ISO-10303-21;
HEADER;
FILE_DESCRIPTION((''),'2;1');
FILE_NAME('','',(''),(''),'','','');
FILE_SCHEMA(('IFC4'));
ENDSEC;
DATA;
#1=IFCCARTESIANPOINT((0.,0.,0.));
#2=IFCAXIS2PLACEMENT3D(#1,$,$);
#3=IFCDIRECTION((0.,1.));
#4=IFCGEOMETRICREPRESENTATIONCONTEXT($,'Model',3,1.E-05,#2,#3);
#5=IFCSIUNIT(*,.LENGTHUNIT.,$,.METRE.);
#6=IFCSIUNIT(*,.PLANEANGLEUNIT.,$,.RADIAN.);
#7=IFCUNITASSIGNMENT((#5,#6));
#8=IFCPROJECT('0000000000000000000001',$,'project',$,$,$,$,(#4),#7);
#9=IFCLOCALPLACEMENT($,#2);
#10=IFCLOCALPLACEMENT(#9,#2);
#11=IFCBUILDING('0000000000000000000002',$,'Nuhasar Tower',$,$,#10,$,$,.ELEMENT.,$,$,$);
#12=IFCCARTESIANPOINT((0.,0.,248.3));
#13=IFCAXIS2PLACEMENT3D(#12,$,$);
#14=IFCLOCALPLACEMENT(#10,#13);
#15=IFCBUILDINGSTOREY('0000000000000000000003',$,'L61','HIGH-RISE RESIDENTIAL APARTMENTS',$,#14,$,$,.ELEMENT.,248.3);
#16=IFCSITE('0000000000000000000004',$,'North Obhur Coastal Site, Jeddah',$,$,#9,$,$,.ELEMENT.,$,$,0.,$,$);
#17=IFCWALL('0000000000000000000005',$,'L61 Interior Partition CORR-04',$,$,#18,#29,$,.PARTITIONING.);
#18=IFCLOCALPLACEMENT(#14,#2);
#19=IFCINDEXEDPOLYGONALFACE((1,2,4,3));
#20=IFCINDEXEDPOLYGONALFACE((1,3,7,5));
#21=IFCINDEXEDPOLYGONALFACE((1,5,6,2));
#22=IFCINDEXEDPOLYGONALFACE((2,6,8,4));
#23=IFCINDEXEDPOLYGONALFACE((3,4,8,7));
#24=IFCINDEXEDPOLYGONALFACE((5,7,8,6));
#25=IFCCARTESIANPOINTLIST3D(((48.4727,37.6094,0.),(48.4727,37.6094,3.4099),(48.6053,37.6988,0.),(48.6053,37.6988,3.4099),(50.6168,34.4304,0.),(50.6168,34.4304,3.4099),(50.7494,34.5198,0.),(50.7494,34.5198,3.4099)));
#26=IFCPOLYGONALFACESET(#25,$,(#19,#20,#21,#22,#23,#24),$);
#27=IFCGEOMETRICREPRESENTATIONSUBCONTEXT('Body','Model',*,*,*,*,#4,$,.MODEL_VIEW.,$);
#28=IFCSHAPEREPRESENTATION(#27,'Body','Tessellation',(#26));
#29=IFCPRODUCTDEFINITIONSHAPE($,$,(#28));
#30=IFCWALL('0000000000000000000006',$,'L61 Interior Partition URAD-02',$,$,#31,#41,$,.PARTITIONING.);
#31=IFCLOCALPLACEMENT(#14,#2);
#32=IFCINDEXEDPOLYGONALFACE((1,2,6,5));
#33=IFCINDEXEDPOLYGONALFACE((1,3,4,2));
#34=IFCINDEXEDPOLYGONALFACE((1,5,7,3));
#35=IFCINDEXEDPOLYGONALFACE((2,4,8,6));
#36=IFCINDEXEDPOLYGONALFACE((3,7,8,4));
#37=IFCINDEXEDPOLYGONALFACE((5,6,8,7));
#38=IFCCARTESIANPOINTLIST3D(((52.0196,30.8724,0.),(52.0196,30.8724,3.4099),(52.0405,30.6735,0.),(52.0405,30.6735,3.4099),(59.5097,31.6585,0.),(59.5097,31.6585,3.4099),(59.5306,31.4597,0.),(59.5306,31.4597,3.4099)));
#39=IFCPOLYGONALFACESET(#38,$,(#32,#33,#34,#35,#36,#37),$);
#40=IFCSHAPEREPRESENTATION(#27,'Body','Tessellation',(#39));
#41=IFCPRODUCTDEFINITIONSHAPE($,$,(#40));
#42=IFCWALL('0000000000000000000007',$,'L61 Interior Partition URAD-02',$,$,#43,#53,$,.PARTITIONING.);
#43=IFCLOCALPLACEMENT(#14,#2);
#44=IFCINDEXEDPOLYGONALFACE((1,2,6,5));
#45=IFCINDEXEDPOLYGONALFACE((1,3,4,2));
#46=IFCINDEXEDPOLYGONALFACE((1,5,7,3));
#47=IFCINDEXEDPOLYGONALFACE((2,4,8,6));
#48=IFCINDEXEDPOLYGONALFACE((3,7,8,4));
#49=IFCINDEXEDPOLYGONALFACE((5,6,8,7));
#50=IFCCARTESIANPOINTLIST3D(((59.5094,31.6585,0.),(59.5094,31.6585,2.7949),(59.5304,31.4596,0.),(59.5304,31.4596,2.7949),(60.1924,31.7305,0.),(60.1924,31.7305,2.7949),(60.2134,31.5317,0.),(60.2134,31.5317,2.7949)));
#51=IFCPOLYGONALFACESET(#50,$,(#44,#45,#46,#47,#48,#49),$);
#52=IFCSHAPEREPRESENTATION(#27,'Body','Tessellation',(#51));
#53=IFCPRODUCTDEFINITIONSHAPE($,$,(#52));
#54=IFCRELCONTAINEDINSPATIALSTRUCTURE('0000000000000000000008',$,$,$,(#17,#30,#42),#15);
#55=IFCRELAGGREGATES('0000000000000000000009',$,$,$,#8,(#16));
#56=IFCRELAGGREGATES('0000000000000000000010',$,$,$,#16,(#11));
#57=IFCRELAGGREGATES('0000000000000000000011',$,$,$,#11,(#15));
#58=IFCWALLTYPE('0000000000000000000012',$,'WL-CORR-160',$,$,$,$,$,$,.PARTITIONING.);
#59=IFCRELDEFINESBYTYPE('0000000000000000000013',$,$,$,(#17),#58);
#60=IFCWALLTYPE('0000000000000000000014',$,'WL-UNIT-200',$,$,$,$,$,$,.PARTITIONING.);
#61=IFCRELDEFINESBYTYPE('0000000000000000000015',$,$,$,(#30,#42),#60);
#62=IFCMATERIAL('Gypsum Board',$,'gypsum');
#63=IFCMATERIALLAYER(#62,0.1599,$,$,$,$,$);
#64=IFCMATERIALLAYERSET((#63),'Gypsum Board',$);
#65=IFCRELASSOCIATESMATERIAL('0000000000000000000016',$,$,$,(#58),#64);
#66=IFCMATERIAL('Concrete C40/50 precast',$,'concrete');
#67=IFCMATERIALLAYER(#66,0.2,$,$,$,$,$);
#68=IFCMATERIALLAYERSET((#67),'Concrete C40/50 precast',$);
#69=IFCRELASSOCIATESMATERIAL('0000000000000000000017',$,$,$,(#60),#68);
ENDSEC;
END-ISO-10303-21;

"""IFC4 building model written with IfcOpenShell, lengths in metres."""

from ifc_helpers import new_model, si_unit, direction, frame, frame_2d, origin, place, context, subcontext, project, spatial, rectangle, extrude, material, layer, layer_set, type_object, element, save


model = new_model("IFC4")

# Units and contexts
model_context = context("Model", 3, precision=1e-05, world=origin(), true_north=direction((0.0, 1.0)))
body_context = subcontext(model_context, "Body", "Model", "MODEL_VIEW")
ifc_project = project(units=[si_unit("LENGTHUNIT", "METRE"), si_unit("PLANEANGLEUNIT", "RADIAN")], contexts=[model_context])

# Site, building, storey
site_placement = place(None, origin())
site = spatial("IfcSite", under=ifc_project, at=site_placement, Name="North Obhur Coastal Site, Jeddah", CompositionType="ELEMENT", RefElevation=0.0)
building_placement = place(site_placement, origin())
building = spatial("IfcBuilding", under=site, at=building_placement, Name="Nuhasar Tower", CompositionType="ELEMENT")
storey_placement = place(building_placement, frame((0.0, 0.0, 248.3)))
storey = spatial("IfcBuildingStorey", under=building, at=storey_placement, Name="L61", Description="HIGH-RISE RESIDENTIAL APARTMENTS", CompositionType="ELEMENT", Elevation=248.3)

# Shared definitions
ifc_material_1 = material(Name="Gypsum Board", Category="gypsum")
ifc_layer_1 = layer(ifc_material_1, 0.1599)
ifc_layer_set_1 = layer_set([ifc_layer_1], Name="Gypsum Board")
wall_type_1 = type_object("IfcWallType", Name="WL-CORR-160", PredefinedType="PARTITIONING", material=ifc_layer_set_1)

# Walls
wall_1_placement = place(storey_placement, frame((50.6831, 34.4751, 0.0), z_axis=(0.0, 0.0, 1.0), x_axis=(-0.559159, 0.82906, 0.0)))
element("IfcWall", 1, at=wall_1_placement, inside=storey, type_object=wall_type_1, Name="L61 Interior Partition CORR-04", PredefinedType="PARTITIONING", context=body_context, shape_type="SweptSolid", body=[
    extrude(rectangle(XDim=3.8345, YDim=0.1599, at=frame_2d((1.9172, 0.0))), origin(), (0.0, 0.0, 1.0), 3.4099),
])
ifc_material_2 = material(Name="Concrete C40/50 precast", Category="concrete")
ifc_layer_2 = layer(ifc_material_2, 0.2)
ifc_layer_set_2 = layer_set([ifc_layer_2], Name="Concrete C40/50 precast")
wall_type_2 = type_object("IfcWallType", Name="WL-UNIT-200", PredefinedType="PARTITIONING", material=ifc_layer_set_2)
wall_2_placement = place(storey_placement, frame((52.03, 30.7729, 0.0), z_axis=(0.0, 0.0, 1.0), x_axis=(0.994537, 0.104384, 0.0)))
element("IfcWall", 2, at=wall_2_placement, inside=storey, type_object=wall_type_2, Name="L61 Interior Partition URAD-02", PredefinedType="PARTITIONING", context=body_context, shape_type="SweptSolid", body=[
    extrude(rectangle(XDim=7.5312, YDim=0.2, at=frame_2d((3.7656, 0.0))), origin(), (0.0, 0.0, 1.0), 3.4099),
])
wall_3_placement = place(storey_placement, frame((59.52, 31.5591, 0.0), z_axis=(0.0, 0.0, 1.0), x_axis=(0.994484, 0.104888, 0.0)))
element("IfcWall", 3, at=wall_3_placement, inside=storey, type_object=wall_type_2, Name="L61 Interior Partition URAD-02", PredefinedType="PARTITIONING", context=body_context, shape_type="SweptSolid", body=[
    extrude(rectangle(XDim=0.6868, YDim=0.2, at=frame_2d((0.3433, 0.0))), origin(), (0.0, 0.0, 1.0), 2.7949),
])

save(model, "model.ifc")
